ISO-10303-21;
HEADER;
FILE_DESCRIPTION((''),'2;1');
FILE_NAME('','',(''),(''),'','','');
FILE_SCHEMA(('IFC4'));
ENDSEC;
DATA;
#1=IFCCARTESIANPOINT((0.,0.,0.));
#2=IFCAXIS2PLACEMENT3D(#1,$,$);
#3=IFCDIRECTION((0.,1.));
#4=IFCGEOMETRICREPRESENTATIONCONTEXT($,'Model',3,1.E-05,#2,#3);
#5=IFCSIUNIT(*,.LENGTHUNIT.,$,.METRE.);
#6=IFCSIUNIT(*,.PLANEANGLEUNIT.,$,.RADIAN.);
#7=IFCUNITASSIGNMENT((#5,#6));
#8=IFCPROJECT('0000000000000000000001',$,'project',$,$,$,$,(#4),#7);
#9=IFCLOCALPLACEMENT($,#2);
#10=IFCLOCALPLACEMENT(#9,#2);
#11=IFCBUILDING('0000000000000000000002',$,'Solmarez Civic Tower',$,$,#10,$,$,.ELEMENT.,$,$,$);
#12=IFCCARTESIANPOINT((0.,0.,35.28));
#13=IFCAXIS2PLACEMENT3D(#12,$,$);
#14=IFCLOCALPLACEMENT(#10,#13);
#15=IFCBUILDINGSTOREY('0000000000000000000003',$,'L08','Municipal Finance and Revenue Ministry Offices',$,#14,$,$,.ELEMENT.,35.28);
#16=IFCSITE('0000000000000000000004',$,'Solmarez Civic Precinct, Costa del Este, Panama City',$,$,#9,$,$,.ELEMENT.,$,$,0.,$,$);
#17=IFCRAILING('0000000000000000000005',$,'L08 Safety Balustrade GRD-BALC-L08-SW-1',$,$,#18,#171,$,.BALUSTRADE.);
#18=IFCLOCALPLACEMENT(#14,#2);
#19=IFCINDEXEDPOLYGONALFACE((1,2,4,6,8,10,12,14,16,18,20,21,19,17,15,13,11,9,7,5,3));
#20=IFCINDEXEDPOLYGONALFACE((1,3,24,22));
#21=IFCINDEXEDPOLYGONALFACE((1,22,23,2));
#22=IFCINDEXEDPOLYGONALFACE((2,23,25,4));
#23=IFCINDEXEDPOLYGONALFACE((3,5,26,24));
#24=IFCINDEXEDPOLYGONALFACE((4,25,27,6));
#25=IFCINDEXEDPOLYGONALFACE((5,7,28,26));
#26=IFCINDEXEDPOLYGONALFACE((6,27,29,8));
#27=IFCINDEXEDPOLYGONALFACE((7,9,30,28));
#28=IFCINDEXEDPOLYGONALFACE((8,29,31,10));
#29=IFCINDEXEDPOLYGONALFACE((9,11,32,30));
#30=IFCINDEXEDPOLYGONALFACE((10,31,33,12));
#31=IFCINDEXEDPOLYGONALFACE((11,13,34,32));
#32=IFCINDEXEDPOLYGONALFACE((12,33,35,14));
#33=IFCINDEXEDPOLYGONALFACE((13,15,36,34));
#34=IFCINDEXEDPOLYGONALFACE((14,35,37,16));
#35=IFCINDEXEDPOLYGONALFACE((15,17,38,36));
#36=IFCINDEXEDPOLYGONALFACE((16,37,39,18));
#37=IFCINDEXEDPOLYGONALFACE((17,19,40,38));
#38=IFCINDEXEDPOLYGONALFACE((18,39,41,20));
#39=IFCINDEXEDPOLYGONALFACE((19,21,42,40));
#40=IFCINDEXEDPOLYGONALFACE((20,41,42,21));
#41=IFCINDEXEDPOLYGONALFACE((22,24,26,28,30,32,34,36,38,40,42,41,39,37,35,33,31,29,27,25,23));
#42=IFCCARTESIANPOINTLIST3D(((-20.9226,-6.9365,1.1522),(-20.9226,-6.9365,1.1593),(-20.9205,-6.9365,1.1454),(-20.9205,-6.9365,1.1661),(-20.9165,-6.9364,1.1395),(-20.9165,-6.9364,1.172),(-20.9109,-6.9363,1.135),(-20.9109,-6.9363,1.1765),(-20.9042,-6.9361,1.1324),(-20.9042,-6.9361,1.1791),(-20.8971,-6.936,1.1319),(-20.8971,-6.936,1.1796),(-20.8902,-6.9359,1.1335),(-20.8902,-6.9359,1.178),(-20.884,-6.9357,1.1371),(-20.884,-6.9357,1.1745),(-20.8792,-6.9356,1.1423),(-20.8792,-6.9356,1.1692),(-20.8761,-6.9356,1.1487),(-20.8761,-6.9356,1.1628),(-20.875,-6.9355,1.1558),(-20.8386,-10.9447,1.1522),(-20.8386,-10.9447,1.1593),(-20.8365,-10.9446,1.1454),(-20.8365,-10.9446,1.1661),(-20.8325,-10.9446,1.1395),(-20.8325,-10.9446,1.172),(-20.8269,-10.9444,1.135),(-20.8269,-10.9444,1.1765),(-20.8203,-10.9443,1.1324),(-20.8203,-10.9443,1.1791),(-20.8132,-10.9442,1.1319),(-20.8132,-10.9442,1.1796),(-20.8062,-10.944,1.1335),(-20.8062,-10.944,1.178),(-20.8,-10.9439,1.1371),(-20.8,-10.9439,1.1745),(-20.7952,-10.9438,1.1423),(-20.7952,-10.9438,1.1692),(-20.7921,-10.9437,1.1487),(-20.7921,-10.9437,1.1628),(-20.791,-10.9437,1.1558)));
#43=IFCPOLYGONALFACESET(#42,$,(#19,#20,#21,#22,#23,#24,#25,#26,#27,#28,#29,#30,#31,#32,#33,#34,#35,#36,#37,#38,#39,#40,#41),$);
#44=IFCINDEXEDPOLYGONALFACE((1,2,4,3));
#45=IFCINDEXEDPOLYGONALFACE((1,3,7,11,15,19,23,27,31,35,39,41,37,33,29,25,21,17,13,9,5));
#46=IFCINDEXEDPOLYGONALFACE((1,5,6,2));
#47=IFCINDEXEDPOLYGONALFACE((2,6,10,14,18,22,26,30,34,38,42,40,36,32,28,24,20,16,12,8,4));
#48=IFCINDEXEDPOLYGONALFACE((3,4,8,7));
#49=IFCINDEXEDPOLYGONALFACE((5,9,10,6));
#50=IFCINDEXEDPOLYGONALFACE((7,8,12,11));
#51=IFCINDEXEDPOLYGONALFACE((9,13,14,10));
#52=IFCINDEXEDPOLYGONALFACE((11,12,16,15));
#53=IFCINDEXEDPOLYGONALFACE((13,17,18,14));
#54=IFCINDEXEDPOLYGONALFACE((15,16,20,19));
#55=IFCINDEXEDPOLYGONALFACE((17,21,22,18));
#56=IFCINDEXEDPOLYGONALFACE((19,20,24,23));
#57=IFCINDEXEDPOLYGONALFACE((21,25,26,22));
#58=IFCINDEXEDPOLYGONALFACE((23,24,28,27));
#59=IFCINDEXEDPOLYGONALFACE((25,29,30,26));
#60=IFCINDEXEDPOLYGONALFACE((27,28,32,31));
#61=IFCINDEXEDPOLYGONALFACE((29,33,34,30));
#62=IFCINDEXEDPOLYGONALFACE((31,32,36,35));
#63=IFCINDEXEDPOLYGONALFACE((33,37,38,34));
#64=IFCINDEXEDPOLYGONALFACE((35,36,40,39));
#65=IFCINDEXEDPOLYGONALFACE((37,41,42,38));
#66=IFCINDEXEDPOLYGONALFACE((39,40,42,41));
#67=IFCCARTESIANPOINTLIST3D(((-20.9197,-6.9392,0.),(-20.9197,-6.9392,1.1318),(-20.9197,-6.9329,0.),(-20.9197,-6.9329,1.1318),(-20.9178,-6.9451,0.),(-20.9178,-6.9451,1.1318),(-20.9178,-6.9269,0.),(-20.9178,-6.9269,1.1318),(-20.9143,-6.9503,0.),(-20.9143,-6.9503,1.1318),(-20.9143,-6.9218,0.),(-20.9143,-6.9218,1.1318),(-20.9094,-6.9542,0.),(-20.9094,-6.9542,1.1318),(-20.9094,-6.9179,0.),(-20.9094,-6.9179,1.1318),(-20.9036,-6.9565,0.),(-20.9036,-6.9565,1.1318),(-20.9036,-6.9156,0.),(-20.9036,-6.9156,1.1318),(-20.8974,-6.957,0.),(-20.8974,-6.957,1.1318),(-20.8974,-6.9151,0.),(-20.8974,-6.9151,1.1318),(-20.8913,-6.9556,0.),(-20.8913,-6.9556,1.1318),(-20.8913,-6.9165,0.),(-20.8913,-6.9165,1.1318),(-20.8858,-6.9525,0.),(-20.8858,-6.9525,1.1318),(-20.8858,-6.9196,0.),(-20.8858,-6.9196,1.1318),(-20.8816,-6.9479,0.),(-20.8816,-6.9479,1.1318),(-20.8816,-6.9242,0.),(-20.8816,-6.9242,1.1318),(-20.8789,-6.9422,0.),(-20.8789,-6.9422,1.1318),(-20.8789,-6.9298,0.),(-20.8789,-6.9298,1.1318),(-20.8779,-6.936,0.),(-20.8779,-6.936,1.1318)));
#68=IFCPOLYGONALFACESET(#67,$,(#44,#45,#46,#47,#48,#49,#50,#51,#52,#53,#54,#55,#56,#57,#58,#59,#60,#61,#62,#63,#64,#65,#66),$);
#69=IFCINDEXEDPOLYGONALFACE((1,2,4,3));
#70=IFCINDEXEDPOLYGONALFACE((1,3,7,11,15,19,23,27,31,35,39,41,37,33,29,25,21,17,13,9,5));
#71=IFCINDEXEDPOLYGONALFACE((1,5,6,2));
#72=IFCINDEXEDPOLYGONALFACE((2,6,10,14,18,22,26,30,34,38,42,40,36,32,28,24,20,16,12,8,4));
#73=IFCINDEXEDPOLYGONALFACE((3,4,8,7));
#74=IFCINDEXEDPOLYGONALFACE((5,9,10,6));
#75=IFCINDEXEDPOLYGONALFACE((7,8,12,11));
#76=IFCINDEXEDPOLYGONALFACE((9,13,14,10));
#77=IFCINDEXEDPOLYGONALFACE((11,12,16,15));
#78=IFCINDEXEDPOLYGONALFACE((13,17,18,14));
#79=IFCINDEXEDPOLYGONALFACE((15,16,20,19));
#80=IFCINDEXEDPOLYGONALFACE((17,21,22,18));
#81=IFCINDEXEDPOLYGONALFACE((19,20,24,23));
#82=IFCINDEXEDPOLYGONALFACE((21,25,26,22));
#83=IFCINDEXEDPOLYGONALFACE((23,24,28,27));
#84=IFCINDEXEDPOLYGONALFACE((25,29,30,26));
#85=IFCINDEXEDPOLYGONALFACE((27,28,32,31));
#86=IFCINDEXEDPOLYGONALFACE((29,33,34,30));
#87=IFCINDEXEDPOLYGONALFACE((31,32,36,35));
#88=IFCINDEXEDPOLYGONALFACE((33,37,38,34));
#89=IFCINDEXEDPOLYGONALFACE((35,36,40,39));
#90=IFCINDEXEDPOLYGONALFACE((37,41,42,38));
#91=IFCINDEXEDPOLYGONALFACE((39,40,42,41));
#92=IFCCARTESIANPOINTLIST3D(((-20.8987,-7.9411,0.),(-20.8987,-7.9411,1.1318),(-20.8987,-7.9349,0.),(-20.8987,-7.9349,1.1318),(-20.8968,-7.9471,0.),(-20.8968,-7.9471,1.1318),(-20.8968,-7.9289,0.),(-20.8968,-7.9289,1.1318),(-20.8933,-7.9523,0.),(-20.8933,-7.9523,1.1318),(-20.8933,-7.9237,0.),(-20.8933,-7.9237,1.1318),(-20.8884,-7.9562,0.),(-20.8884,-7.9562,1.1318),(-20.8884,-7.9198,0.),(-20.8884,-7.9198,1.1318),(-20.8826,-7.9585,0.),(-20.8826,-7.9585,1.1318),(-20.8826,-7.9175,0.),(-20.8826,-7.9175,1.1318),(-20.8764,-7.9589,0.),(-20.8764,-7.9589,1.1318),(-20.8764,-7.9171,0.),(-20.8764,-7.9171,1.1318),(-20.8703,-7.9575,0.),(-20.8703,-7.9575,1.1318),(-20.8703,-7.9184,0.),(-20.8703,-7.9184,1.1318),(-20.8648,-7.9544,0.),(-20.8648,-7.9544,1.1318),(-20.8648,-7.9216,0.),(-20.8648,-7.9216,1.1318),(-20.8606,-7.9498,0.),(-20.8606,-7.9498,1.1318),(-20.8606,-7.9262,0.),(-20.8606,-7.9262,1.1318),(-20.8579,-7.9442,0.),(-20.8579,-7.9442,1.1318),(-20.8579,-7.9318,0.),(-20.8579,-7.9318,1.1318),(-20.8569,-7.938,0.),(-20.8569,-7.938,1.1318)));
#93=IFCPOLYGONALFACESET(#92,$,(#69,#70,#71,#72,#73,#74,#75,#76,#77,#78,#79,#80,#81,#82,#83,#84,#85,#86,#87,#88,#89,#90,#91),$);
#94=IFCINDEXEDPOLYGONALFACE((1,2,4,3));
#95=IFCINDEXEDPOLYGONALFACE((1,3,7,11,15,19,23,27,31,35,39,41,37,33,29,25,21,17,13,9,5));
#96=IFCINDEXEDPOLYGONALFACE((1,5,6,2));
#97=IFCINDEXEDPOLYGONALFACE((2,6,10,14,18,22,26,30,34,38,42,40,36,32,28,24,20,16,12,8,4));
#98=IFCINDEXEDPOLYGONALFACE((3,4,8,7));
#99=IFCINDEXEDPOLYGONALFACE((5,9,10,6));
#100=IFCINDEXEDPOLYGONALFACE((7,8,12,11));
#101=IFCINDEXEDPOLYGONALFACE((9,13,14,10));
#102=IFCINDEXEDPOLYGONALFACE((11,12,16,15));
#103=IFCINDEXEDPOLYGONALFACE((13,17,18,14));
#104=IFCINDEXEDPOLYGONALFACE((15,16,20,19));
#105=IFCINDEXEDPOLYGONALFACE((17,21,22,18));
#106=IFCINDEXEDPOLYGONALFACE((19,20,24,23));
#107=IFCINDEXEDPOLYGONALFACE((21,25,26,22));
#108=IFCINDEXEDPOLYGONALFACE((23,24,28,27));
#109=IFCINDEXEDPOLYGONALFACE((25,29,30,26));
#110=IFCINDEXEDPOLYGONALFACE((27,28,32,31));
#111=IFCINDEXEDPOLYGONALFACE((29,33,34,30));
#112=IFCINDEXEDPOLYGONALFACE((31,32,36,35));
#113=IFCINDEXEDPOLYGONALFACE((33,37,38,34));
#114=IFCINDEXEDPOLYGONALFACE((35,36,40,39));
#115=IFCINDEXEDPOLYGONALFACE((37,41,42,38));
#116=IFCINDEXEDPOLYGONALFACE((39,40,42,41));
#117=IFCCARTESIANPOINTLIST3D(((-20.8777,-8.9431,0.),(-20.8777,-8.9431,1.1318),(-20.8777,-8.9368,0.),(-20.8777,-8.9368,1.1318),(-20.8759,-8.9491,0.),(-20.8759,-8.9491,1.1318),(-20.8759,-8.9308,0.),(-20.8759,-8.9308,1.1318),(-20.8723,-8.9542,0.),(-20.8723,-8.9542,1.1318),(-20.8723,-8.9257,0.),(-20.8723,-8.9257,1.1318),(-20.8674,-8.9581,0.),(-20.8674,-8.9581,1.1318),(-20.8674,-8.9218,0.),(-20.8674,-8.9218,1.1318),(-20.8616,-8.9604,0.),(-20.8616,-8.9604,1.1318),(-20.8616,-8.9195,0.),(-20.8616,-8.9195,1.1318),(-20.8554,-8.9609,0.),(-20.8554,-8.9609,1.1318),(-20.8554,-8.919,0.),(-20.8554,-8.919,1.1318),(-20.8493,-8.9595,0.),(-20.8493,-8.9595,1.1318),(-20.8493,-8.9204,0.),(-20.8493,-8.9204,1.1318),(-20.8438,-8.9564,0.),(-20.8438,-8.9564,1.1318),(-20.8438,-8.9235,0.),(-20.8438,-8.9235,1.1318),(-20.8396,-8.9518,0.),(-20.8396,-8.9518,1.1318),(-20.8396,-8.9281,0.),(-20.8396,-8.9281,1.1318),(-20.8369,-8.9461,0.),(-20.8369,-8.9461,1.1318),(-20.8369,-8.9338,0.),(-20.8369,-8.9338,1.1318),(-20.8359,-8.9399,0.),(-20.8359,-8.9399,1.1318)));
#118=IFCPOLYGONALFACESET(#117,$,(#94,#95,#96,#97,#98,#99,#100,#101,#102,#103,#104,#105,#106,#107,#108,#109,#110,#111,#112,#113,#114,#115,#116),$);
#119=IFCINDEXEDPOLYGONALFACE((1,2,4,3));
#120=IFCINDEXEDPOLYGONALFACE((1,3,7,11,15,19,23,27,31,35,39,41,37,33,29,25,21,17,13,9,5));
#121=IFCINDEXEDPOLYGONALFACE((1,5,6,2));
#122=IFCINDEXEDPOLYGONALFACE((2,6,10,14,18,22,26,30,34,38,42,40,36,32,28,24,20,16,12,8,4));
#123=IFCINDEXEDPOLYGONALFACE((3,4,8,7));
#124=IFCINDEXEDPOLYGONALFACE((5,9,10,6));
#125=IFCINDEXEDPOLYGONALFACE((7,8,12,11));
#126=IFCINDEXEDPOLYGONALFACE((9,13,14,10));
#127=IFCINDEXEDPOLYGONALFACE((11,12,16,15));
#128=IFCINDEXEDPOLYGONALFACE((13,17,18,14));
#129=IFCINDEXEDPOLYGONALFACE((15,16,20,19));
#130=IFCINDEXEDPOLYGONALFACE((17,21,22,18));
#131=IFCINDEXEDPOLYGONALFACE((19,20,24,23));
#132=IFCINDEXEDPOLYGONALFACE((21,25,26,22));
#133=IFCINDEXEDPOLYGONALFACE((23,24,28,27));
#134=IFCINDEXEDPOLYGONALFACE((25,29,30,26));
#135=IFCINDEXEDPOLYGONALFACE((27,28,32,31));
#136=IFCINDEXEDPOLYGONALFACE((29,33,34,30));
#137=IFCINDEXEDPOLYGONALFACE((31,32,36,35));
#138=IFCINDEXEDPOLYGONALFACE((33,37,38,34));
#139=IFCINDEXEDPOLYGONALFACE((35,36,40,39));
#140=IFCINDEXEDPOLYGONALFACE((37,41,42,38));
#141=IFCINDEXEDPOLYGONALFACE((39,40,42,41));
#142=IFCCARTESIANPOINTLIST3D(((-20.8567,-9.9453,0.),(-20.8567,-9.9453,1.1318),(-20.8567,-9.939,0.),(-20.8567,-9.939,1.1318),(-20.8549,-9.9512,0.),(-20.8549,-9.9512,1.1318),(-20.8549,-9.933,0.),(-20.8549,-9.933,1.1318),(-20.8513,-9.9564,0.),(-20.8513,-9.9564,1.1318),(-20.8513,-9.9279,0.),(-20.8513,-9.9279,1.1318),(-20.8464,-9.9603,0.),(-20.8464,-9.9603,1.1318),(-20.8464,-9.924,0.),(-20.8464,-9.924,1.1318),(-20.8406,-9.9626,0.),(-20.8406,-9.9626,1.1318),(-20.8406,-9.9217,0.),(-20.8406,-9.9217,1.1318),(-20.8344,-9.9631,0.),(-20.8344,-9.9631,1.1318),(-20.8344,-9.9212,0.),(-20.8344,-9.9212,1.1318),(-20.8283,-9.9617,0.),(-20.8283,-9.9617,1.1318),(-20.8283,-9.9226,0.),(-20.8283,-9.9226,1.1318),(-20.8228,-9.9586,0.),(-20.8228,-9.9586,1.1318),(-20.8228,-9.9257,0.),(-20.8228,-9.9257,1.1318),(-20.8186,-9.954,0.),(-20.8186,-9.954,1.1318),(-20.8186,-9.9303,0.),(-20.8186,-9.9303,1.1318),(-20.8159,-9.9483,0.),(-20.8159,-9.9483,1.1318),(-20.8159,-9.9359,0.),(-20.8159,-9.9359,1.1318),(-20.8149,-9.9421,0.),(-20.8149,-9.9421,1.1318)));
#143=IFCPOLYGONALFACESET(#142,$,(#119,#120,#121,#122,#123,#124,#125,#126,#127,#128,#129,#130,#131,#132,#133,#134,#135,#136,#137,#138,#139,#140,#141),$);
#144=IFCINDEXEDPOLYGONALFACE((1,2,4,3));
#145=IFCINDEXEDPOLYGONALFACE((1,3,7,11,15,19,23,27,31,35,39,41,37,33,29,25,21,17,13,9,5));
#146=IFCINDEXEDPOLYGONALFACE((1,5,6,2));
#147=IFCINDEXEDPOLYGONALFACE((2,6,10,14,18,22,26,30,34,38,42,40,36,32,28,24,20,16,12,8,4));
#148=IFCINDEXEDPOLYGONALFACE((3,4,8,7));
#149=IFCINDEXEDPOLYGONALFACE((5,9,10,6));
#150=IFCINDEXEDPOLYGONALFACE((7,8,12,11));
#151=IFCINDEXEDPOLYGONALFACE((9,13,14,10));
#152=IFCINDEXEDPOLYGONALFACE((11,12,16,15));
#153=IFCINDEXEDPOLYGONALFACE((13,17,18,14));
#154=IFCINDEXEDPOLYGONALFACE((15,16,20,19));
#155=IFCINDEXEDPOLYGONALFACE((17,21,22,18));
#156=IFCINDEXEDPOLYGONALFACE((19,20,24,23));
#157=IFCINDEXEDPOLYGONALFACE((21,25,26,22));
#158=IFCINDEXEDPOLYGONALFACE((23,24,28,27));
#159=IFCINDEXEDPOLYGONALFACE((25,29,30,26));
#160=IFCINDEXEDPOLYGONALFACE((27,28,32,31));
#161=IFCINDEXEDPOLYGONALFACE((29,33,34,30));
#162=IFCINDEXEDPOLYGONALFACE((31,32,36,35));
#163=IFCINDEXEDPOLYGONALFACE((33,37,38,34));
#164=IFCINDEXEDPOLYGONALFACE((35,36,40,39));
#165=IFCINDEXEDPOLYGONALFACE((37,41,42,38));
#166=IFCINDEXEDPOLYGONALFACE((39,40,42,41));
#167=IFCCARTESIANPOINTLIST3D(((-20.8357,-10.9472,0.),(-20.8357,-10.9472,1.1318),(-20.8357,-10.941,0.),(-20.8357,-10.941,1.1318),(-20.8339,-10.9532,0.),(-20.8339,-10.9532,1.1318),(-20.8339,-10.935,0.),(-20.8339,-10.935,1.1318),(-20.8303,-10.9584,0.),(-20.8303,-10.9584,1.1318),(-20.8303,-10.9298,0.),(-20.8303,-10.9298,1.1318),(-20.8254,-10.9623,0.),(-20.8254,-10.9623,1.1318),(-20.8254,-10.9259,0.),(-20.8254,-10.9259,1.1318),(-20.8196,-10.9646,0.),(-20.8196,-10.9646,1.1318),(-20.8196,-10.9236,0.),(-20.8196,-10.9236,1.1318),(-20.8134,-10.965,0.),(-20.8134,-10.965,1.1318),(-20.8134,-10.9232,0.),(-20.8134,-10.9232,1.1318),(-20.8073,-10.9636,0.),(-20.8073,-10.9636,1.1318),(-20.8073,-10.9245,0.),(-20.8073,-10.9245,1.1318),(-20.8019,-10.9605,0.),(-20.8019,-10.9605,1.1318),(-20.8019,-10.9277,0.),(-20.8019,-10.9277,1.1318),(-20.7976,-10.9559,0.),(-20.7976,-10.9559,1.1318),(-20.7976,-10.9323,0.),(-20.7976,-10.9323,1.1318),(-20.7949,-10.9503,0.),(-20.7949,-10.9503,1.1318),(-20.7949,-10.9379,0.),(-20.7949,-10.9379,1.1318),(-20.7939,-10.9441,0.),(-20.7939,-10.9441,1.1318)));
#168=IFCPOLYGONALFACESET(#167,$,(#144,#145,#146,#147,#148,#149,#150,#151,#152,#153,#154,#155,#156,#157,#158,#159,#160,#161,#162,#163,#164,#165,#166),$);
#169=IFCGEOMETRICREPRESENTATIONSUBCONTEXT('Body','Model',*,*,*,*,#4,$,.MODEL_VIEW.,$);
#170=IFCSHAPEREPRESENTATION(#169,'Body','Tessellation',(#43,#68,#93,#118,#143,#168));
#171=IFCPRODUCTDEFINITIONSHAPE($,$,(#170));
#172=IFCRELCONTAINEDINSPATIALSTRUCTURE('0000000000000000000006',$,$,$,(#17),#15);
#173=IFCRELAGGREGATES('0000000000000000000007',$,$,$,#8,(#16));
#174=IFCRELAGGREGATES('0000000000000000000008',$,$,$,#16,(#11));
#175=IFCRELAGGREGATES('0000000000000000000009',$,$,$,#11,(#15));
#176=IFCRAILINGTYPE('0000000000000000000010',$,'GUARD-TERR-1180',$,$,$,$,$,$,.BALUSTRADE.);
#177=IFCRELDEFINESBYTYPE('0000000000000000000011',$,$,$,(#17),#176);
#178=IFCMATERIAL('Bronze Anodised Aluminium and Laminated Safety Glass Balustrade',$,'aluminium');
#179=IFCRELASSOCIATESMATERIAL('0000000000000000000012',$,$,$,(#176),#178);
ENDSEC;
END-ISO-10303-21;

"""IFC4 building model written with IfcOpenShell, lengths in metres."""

from ifc_helpers import new_model, si_unit, direction, frame, origin, origin_2d, place, context, subcontext, project, spatial, circle, extrude, material, type_object, element, save


model = new_model("IFC4")

# Units and contexts
model_context = context("Model", 3, precision=1e-05, world=origin(), true_north=direction((0.0, 1.0)))
body_context = subcontext(model_context, "Body", "Model", "MODEL_VIEW")
ifc_project = project(units=[si_unit("LENGTHUNIT", "METRE"), si_unit("PLANEANGLEUNIT", "RADIAN")], contexts=[model_context])

# Site, building, storey
site_placement = place(None, origin())
site = spatial("IfcSite", under=ifc_project, at=site_placement, Name="Solmarez Civic Precinct, Costa del Este, Panama City", CompositionType="ELEMENT", RefElevation=0.0)
building_placement = place(site_placement, origin())
building = spatial("IfcBuilding", under=site, at=building_placement, Name="Solmarez Civic Tower", CompositionType="ELEMENT")
storey_placement = place(building_placement, frame((0.0, 0.0, 35.28)))
storey = spatial("IfcBuildingStorey", under=building, at=storey_placement, Name="L08", Description="Municipal Finance and Revenue Ministry Offices", CompositionType="ELEMENT", Elevation=35.28)

# Railing
ifc_material_1 = material(Name="Bronze Anodised Aluminium and Laminated Safety Glass Balustrade", Category="aluminium")
railing_type = type_object("IfcRailingType", Name="GUARD-TERR-1180", PredefinedType="BALUSTRADE", material=ifc_material_1)
railing_1_placement = place(storey_placement, frame((-20.8989, -6.936, 0.0)))
element("IfcRailing", 1, at=railing_1_placement, inside=storey, type_object=railing_type, Name="L08 Safety Balustrade GRD-BALC-L08-SW-1", PredefinedType="BALUSTRADE", context=body_context, shape_type="SweptSolid", body=[
    extrude(circle(Radius=0.0239, at=origin_2d()), frame((0.0, 0.0, 1.1558), z_axis=(0.020949, -0.999781, 0.0), x_axis=(0.999781, 0.020949, 0.0)), (0.0, 0.0, 1.0), 4.009),
    extrude(circle(Radius=0.021, at=origin_2d()), origin(), (0.0, 0.0, 1.0), 1.1318),
    extrude(circle(Radius=0.021, at=origin_2d()), frame((0.021, -1.002, 0.0)), (0.0, 0.0, 1.0), 1.1318),
    extrude(circle(Radius=0.021, at=origin_2d()), frame((0.042, -2.0039, 0.0)), (0.0, 0.0, 1.0), 1.1318),
    extrude(circle(Radius=0.021, at=origin_2d()), frame((0.063, -3.0061, 0.0)), (0.0, 0.0, 1.0), 1.1318),
    extrude(circle(Radius=0.021, at=origin_2d()), frame((0.084, -4.0081, 0.0)), (0.0, 0.0, 1.0), 1.1318),
])

save(model, "model.ifc")
